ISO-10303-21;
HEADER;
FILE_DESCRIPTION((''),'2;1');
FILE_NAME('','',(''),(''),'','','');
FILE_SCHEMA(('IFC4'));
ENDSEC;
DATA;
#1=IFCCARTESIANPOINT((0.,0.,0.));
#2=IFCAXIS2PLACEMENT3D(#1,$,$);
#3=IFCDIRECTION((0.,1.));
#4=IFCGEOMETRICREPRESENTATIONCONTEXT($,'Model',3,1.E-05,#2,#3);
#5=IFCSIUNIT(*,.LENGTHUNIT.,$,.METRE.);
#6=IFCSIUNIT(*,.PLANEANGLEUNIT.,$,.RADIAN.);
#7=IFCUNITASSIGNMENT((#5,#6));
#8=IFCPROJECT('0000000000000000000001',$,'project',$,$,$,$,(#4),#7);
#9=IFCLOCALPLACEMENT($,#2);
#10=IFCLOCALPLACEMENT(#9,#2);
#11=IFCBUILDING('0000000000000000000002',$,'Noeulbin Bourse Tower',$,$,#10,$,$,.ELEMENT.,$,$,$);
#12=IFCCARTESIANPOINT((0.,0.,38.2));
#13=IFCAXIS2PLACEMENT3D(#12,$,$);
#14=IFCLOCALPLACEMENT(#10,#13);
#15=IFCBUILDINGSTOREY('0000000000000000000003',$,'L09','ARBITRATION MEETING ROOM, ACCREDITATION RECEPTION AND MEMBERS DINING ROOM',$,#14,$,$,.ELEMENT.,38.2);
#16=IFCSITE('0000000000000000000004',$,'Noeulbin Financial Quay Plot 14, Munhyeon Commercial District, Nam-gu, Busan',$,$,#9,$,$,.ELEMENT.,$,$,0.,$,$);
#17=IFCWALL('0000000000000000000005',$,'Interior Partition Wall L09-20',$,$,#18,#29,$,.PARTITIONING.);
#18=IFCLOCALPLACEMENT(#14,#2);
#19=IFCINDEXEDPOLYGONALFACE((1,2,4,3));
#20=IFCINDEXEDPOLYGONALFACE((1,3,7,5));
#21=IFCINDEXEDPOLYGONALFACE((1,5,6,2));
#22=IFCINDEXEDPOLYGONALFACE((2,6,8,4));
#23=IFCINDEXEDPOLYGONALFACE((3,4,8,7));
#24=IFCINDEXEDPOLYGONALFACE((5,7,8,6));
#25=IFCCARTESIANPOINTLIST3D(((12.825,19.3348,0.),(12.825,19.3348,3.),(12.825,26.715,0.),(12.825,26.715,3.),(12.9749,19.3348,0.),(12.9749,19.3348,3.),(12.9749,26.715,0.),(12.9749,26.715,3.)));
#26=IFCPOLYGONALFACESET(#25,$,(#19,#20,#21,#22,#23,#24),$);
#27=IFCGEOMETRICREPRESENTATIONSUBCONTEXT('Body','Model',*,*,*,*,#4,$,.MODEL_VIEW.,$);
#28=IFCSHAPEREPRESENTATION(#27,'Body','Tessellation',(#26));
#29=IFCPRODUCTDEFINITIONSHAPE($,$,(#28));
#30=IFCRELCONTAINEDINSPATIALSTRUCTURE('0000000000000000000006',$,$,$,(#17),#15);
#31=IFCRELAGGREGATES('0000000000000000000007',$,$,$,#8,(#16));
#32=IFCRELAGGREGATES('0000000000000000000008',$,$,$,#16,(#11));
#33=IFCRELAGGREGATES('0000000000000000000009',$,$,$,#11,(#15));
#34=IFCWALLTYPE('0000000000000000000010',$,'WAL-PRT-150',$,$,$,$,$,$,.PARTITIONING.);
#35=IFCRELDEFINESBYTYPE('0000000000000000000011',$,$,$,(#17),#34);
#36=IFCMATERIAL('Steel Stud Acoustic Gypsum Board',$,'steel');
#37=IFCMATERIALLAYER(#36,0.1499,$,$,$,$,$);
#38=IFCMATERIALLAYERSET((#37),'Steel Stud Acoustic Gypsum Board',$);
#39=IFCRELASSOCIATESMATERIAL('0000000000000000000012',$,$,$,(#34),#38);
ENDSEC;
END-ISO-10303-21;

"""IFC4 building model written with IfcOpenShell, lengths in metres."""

from ifc_helpers import new_model, si_unit, direction, frame, frame_2d, origin, place, context, subcontext, project, spatial, rectangle, extrude, material, layer, layer_set, type_object, element, save


model = new_model("IFC4")

# Units and contexts
model_context = context("Model", 3, precision=1e-05, world=origin(), true_north=direction((0.0, 1.0)))
body_context = subcontext(model_context, "Body", "Model", "MODEL_VIEW")
ifc_project = project(units=[si_unit("LENGTHUNIT", "METRE"), si_unit("PLANEANGLEUNIT", "RADIAN")], contexts=[model_context])

# Site, building, storey
site_placement = place(None, origin())
site = spatial("IfcSite", under=ifc_project, at=site_placement, Name="Noeulbin Financial Quay Plot 14, Munhyeon Commercial District, Nam-gu, Busan", CompositionType="ELEMENT", RefElevation=0.0)
building_placement = place(site_placement, origin())
building = spatial("IfcBuilding", under=site, at=building_placement, Name="Noeulbin Bourse Tower", CompositionType="ELEMENT")
storey_placement = place(building_placement, frame((0.0, 0.0, 38.2)))
storey = spatial("IfcBuildingStorey", under=building, at=storey_placement, Name="L09", Description="ARBITRATION MEETING ROOM, ACCREDITATION RECEPTION AND MEMBERS DINING ROOM", CompositionType="ELEMENT", Elevation=38.2)

# Shared definitions
ifc_material_1 = material(Name="Steel Stud Acoustic Gypsum Board", Category="steel")
ifc_layer_1 = layer(ifc_material_1, 0.1499)
ifc_layer_set_1 = layer_set([ifc_layer_1], Name="Steel Stud Acoustic Gypsum Board")
wall_type = type_object("IfcWallType", Name="WAL-PRT-150", PredefinedType="PARTITIONING", material=ifc_layer_set_1)

# Wall
wall_1_placement = place(storey_placement, frame((12.8999, 19.335, 0.0), z_axis=(0.0, 0.0, 1.0), x_axis=(0.0, 1.0, 0.0)))
element("IfcWall", 1, at=wall_1_placement, inside=storey, type_object=wall_type, Name="Interior Partition Wall L09-20", PredefinedType="PARTITIONING", context=body_context, shape_type="SweptSolid", body=[
    extrude(rectangle(XDim=7.3801, YDim=0.1499, at=frame_2d((3.6899, 0.0))), origin(), (0.0, 0.0, 1.0), 3.0),
])

save(model, "model.ifc")
